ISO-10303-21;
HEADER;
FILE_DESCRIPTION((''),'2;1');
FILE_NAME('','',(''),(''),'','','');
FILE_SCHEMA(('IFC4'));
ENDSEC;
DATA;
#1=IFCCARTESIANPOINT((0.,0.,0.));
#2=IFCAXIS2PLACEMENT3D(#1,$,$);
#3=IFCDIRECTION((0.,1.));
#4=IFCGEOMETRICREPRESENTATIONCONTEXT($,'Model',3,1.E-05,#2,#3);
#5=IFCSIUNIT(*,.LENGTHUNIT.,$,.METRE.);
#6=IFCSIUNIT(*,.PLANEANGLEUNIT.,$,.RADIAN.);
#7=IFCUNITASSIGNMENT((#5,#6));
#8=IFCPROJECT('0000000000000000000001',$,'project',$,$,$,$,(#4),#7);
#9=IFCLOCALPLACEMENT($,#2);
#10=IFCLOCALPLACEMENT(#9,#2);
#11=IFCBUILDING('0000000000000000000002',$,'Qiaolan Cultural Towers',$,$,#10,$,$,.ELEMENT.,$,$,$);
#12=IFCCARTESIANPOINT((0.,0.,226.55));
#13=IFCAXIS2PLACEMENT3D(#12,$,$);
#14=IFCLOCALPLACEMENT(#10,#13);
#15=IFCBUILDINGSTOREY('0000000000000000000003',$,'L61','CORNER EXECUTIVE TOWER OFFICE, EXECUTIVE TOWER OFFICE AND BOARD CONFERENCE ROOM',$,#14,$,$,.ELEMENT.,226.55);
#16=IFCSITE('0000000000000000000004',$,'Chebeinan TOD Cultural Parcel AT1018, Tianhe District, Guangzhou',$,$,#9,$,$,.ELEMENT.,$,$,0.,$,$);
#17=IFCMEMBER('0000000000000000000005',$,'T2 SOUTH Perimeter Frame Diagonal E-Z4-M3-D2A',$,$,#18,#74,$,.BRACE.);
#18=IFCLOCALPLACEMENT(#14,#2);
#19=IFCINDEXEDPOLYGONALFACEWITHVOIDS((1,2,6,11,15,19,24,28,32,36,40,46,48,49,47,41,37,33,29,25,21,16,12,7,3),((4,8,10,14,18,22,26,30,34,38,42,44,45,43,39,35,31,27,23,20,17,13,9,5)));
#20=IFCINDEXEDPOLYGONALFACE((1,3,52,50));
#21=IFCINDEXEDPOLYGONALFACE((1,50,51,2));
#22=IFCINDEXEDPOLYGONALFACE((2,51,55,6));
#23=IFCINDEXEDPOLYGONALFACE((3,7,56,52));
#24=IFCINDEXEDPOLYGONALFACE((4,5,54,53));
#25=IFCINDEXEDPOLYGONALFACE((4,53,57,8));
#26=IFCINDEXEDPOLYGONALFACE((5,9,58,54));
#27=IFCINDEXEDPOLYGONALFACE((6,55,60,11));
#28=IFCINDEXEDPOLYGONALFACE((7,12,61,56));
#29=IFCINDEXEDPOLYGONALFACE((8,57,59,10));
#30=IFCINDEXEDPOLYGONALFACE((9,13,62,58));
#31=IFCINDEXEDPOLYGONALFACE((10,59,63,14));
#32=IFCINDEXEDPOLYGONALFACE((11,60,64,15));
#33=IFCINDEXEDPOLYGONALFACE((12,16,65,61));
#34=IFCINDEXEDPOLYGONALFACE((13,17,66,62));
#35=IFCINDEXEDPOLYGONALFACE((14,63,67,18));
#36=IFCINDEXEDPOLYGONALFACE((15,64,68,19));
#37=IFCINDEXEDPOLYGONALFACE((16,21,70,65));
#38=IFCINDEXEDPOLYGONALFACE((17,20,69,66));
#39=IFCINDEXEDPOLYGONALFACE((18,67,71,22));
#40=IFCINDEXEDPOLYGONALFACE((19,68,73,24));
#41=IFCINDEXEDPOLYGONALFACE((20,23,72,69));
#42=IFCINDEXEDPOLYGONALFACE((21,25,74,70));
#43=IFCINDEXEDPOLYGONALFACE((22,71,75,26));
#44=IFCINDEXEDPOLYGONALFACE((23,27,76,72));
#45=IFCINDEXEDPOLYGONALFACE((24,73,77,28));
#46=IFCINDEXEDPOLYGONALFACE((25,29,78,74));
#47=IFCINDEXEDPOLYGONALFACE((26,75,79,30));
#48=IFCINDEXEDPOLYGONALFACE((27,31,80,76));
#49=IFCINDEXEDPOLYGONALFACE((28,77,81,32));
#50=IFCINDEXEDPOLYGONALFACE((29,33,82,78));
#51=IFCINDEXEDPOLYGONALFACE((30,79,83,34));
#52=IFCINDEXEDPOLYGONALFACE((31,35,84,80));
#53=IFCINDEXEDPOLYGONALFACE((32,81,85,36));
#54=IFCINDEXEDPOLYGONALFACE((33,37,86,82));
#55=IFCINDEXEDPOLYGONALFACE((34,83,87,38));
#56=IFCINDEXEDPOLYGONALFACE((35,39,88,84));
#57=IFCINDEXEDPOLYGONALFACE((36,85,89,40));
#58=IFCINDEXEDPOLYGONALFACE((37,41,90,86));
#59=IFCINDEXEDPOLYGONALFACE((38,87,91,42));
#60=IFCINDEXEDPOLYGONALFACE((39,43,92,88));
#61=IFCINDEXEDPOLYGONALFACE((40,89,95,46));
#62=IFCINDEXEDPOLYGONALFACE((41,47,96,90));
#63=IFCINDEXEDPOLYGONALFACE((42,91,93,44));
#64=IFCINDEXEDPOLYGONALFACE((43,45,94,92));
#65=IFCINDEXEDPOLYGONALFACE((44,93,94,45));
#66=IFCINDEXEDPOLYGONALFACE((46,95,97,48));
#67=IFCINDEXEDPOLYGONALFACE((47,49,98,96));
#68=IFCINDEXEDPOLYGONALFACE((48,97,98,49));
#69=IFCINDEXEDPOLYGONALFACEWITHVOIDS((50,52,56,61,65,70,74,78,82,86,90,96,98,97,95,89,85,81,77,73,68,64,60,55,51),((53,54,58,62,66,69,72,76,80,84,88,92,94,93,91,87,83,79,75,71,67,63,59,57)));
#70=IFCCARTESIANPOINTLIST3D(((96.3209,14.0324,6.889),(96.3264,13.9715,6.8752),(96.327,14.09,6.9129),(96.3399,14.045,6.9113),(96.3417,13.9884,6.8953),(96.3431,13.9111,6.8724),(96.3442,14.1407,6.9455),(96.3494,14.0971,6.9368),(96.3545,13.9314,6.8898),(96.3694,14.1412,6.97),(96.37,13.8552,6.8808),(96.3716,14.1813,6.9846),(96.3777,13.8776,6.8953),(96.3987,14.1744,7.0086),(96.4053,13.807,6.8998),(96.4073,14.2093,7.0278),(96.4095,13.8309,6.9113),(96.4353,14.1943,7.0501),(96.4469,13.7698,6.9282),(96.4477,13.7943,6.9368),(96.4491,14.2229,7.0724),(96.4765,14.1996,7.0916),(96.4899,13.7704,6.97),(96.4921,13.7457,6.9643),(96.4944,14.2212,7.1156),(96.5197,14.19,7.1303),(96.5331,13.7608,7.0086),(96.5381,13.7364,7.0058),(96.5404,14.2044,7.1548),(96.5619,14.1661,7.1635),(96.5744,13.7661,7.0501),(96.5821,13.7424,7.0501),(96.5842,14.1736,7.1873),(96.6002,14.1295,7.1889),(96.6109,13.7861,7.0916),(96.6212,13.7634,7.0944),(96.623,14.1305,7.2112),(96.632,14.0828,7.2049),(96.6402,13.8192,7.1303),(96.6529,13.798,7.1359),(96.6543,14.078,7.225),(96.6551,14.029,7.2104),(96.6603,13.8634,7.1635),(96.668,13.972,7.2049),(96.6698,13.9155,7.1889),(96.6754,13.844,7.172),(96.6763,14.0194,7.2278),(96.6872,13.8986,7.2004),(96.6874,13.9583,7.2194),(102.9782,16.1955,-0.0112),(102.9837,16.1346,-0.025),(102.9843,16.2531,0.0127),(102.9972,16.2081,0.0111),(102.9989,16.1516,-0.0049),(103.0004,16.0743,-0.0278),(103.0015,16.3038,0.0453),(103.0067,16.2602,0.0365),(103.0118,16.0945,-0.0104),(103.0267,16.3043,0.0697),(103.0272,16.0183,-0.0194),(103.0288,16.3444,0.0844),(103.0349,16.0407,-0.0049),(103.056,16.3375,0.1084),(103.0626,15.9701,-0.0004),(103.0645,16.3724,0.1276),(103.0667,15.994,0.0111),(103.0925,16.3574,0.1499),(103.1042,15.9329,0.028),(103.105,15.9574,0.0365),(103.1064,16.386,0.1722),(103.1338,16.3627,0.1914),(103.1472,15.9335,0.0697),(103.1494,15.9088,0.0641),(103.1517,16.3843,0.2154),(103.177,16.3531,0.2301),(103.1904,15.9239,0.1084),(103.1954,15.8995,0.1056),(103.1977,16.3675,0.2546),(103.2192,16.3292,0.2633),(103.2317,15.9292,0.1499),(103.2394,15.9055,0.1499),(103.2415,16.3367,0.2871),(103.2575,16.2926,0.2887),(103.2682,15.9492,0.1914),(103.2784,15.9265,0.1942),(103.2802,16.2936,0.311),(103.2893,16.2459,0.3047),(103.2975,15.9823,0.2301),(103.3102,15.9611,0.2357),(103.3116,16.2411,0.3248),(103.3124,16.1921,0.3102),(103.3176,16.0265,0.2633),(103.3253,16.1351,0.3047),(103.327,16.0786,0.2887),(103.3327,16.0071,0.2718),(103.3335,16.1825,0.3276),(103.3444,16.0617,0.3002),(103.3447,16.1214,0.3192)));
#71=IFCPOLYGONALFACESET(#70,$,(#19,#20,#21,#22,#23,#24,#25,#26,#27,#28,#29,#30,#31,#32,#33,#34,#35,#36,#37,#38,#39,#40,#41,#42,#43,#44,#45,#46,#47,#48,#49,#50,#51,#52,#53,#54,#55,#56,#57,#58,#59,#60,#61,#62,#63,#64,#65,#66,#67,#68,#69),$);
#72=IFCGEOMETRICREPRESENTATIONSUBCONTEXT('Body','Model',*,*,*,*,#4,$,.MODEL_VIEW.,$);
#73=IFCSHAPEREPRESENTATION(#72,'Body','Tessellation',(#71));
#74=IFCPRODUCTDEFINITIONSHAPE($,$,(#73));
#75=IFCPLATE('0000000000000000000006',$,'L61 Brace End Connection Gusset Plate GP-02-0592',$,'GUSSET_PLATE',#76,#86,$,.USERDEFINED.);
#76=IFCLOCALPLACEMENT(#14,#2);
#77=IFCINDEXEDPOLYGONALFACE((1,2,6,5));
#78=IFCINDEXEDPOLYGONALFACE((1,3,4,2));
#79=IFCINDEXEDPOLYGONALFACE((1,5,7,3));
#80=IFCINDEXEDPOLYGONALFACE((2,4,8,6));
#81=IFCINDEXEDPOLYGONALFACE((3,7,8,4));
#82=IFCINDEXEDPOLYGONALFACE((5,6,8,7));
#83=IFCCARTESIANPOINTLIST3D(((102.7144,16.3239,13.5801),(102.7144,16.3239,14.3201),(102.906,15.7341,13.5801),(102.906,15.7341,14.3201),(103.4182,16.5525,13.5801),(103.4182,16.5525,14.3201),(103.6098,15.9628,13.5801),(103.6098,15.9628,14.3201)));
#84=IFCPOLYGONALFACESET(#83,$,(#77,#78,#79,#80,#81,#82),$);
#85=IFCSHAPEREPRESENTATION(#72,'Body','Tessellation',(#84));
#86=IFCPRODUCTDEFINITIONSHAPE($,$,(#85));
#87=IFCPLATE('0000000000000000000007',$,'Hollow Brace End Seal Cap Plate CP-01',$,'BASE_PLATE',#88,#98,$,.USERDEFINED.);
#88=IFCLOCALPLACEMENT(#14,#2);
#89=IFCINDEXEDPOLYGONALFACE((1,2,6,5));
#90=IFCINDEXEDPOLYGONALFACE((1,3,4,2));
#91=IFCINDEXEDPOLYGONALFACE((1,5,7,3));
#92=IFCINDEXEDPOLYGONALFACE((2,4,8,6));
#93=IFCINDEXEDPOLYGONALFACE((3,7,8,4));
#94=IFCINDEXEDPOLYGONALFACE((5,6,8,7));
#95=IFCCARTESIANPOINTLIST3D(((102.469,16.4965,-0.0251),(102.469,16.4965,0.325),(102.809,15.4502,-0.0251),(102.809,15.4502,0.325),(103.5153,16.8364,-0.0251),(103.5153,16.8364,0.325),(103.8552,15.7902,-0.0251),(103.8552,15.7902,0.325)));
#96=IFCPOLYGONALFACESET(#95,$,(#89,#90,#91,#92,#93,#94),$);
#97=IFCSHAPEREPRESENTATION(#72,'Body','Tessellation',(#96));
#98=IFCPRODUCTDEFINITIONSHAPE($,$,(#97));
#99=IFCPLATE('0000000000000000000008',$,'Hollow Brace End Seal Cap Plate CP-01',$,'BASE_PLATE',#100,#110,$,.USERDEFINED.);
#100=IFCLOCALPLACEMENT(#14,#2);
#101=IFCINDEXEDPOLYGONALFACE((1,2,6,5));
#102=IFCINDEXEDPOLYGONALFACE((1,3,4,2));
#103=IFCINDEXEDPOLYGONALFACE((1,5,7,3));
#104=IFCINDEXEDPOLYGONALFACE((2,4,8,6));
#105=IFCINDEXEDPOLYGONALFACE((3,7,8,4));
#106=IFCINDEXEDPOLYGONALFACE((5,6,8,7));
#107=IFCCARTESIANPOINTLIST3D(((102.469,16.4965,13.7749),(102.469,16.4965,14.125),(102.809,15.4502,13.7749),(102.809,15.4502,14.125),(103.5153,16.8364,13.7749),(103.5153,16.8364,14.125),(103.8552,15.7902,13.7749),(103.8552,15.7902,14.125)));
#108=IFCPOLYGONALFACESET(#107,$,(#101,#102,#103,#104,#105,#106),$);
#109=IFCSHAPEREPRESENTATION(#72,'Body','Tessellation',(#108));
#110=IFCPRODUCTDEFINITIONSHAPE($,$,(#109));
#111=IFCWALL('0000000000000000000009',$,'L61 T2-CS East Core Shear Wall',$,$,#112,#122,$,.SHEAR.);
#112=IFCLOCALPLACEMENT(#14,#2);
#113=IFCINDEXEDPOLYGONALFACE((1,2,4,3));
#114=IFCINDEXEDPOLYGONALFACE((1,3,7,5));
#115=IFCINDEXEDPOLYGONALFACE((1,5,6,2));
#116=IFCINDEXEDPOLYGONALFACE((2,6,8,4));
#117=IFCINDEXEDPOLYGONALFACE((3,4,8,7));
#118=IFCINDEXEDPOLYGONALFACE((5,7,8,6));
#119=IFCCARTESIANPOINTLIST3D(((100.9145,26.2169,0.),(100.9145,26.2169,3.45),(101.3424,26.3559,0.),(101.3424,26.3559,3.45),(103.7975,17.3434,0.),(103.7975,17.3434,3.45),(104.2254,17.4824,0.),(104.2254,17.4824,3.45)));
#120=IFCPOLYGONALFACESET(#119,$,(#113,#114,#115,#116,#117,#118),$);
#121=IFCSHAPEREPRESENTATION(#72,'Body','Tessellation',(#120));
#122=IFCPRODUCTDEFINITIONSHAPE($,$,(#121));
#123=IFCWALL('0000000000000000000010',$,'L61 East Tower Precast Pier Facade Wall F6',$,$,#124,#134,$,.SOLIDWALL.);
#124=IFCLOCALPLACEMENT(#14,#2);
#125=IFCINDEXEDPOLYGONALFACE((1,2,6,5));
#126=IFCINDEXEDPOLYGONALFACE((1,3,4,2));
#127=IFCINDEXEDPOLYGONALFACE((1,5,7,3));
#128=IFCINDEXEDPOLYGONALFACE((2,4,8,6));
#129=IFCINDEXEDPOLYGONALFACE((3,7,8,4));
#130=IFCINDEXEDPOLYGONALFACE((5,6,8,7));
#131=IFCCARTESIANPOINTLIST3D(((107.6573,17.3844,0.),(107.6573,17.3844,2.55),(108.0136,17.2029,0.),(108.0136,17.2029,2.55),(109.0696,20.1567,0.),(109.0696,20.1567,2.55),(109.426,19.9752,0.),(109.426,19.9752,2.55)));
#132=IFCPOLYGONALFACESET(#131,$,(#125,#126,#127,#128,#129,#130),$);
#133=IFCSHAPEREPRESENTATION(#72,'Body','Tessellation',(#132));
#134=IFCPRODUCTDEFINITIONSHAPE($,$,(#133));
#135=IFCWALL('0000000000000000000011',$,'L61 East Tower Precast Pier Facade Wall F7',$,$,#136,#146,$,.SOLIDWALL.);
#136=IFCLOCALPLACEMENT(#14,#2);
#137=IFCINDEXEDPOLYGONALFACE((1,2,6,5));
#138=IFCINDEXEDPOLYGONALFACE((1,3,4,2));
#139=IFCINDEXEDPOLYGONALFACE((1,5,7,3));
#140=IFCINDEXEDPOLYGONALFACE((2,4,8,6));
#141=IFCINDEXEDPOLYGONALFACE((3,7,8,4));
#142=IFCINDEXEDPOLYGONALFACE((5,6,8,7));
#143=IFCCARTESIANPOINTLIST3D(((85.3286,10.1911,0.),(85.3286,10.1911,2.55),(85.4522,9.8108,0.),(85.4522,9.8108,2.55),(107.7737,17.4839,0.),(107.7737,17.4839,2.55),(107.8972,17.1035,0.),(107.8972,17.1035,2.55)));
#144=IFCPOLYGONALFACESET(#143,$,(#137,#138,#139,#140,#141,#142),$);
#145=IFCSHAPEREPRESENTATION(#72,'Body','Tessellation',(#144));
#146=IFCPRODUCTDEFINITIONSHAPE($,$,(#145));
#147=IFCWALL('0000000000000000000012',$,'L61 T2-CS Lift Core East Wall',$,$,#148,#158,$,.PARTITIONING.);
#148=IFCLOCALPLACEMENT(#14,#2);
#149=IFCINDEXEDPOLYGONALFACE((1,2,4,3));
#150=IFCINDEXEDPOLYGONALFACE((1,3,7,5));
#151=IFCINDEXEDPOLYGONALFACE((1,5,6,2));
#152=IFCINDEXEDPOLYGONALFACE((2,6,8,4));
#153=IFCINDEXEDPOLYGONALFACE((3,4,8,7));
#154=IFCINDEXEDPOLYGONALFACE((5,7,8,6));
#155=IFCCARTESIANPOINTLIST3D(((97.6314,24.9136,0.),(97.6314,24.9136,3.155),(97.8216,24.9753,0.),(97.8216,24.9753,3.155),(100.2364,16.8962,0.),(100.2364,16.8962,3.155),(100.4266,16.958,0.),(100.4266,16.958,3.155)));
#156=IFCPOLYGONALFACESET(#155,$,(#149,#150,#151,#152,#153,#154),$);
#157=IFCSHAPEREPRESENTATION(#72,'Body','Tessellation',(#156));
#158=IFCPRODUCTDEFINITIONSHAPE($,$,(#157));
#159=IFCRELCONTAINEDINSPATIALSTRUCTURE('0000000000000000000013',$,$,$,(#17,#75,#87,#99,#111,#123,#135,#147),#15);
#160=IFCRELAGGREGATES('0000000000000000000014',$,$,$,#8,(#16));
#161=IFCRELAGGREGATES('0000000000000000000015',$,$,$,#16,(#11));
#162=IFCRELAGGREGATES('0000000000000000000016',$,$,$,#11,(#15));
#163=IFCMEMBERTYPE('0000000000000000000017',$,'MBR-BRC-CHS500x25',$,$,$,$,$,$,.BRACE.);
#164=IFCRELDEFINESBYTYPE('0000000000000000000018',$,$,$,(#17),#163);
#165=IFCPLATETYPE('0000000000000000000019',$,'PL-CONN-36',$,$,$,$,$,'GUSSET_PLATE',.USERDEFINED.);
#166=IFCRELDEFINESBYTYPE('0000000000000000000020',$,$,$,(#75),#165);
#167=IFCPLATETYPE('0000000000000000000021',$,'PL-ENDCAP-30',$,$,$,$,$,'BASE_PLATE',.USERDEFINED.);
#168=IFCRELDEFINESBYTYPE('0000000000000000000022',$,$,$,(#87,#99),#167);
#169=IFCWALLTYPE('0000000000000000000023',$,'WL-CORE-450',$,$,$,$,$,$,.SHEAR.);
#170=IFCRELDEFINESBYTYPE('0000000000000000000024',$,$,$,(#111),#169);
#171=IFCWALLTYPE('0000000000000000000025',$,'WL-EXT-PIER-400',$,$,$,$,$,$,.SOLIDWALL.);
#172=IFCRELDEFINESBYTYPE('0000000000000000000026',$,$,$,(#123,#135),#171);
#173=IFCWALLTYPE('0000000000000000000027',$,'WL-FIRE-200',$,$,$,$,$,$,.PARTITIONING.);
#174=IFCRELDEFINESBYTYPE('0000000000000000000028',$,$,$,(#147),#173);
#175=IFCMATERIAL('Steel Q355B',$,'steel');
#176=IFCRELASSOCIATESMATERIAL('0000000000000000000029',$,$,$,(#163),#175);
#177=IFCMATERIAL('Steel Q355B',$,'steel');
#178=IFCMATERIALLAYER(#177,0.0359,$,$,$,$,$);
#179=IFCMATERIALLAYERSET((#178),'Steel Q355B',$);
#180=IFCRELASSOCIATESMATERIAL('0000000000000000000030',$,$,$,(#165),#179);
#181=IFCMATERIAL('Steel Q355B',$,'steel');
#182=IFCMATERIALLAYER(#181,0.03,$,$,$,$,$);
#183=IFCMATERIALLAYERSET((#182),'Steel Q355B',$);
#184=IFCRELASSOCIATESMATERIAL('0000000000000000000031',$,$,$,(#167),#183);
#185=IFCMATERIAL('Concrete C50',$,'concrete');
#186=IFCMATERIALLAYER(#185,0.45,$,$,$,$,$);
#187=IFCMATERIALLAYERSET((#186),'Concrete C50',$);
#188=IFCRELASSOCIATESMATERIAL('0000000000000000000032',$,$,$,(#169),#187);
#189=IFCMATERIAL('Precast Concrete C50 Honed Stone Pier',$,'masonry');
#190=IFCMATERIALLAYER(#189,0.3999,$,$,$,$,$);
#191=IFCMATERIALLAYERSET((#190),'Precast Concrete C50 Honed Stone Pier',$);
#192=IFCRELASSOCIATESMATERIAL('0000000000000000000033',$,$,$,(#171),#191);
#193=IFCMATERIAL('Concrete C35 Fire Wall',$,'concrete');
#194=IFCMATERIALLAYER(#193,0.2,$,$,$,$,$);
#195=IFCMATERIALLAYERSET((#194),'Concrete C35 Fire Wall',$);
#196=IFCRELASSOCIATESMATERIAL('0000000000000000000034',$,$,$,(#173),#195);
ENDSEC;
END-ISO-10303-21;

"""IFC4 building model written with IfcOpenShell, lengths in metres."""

from ifc_helpers import new_model, si_unit, direction, frame, frame_2d, origin, origin_2d, place, context, subcontext, project, spatial, rectangle, hollow_circle, extrude, material, layer, layer_set, material_profile, profile_set, type_object, element, save


model = new_model("IFC4")

# Units and contexts
model_context = context("Model", 3, precision=1e-05, world=origin(), true_north=direction((0.0, 1.0)))
body_context = subcontext(model_context, "Body", "Model", "MODEL_VIEW")
ifc_project = project(units=[si_unit("LENGTHUNIT", "METRE"), si_unit("PLANEANGLEUNIT", "RADIAN")], contexts=[model_context])

# Site, building, storey
site_placement = place(None, origin())
site = spatial("IfcSite", under=ifc_project, at=site_placement, Name="Chebeinan TOD Cultural Parcel AT1018, Tianhe District, Guangzhou", CompositionType="ELEMENT", RefElevation=0.0)
building_placement = place(site_placement, origin())
building = spatial("IfcBuilding", under=site, at=building_placement, Name="Qiaolan Cultural Towers", CompositionType="ELEMENT")
storey_placement = place(building_placement, frame((0.0, 0.0, 226.55)))
storey = spatial("IfcBuildingStorey", under=building, at=storey_placement, Name="L61", Description="CORNER EXECUTIVE TOWER OFFICE, EXECUTIVE TOWER OFFICE AND BOARD CONFERENCE ROOM", CompositionType="ELEMENT", Elevation=226.55)

# Member
ifc_material_1 = material(Name="Steel Q355B", Category="steel")
ifc_material_profile_1 = material_profile(ifc_material_1, hollow_circle(Radius=0.25, WallThickness=0.0249, at=origin_2d()), Name="CHS500x25")
ifc_profile_set_1 = profile_set([ifc_material_profile_1], Name="Steel Q355B")
member_type = type_object("IfcMemberType", Name="MBR-BRC-CHS500x25", PredefinedType="BRACE", material=ifc_profile_set_1)
member_placement = place(storey_placement, frame((103.1621, 16.1433, 0.1499), z_axis=(-0.677303, -0.220071, 0.702018), x_axis=(0.30902, -0.951056, 0.0)))
element("IfcMember", 1, at=member_placement, inside=storey, type_object=member_type, Name="T2 SOUTH Perimeter Frame Diagonal E-Z4-M3-D2A", PredefinedType="BRACE", context=body_context, shape_type="SweptSolid", body=[
    extrude(hollow_circle(Radius=0.25, WallThickness=0.0249, at=origin_2d()), origin(), (0.0, 0.0, 1.0), 9.8291),
])

# Plates
ifc_material_2 = material(Name="Steel Q355B", Category="steel")
ifc_layer_1 = layer(ifc_material_2, 0.0359)
ifc_layer_set_1 = layer_set([ifc_layer_1], Name="Steel Q355B")
plate_type_1 = type_object("IfcPlateType", Name="PL-CONN-36", ElementType="GUSSET_PLATE", PredefinedType="USERDEFINED", material=ifc_layer_set_1)
plate_placement = place(storey_placement, frame((103.1621, 16.1433, 13.5801), z_axis=(0.0, 0.0, 1.0), x_axis=(0.951057, 0.309017, 0.0)))
element("IfcPlate", 2, at=plate_placement, inside=storey, type_object=plate_type_1, Name="L61 Brace End Connection Gusset Plate GP-02-0592", ObjectType="GUSSET_PLATE", PredefinedType="USERDEFINED", context=body_context, shape_type="SweptSolid", body=[
    extrude(rectangle(XDim=0.74, YDim=0.6201, at=origin_2d()), origin(), (0.0, 0.0, 1.0), 0.74),
])
ifc_material_3 = material(Name="Steel Q355B", Category="steel")
ifc_layer_2 = layer(ifc_material_3, 0.03)
ifc_layer_set_2 = layer_set([ifc_layer_2], Name="Steel Q355B")
plate_type_2 = type_object("IfcPlateType", Name="PL-ENDCAP-30", ElementType="BASE_PLATE", PredefinedType="USERDEFINED", material=ifc_layer_set_2)
for number, where, z_axis, x_axis, name in (
    (3, (103.1621, 16.1433, -0.0251), (0.0, 0.0, 1.0), (0.951057, 0.309017, 0.0), "Hollow Brace End Seal Cap Plate CP-01"),
    (4, (103.1621, 16.1433, 13.7749), (0.0, 0.0, 1.0), (0.951057, 0.309017, 0.0), "Hollow Brace End Seal Cap Plate CP-01"),
):
    element("IfcPlate", number, at=place(storey_placement, frame(where, z_axis=z_axis, x_axis=x_axis)), inside=storey, type_object=plate_type_2, Name=name, ObjectType="BASE_PLATE", PredefinedType="USERDEFINED", context=body_context, shape_type="SweptSolid", body=[
        extrude(rectangle(XDim=1.1001, YDim=1.1001, at=origin_2d()), origin(), (0.0, 0.0, 1.0), 0.3501),
    ])

# Walls
ifc_material_4 = material(Name="Concrete C50", Category="concrete")
ifc_layer_3 = layer(ifc_material_4, 0.45)
ifc_layer_set_3 = layer_set([ifc_layer_3], Name="Concrete C50")
wall_type_1 = type_object("IfcWallType", Name="WL-CORE-450", PredefinedType="SHEAR", material=ifc_layer_set_3)
wall_1_placement = place(storey_placement, frame((101.1284, 26.2864, 0.0), z_axis=(0.0, 0.0, 1.0), x_axis=(0.309004, -0.951061, 0.0)))
element("IfcWall", 5, at=wall_1_placement, inside=storey, type_object=wall_type_1, Name="L61 T2-CS East Core Shear Wall", PredefinedType="SHEAR", context=body_context, shape_type="SweptSolid", body=[
    extrude(rectangle(XDim=9.3301, YDim=0.45, at=frame_2d((4.665, 0.0))), origin(), (0.0, 0.0, 1.0), 3.45),
])
ifc_material_5 = material(Name="Precast Concrete C50 Honed Stone Pier", Category="masonry")
ifc_layer_4 = layer(ifc_material_5, 0.3999)
ifc_layer_set_4 = layer_set([ifc_layer_4], Name="Precast Concrete C50 Honed Stone Pier")
wall_type_2 = type_object("IfcWallType", Name="WL-EXT-PIER-400", PredefinedType="SOLIDWALL", material=ifc_layer_set_4)
wall_2_placement = place(storey_placement, frame((109.2478, 20.0659, 0.0), z_axis=(0.0, 0.0, 1.0), x_axis=(-0.453949, -0.891028, 0.0)))
element("IfcWall", 6, at=wall_2_placement, inside=storey, type_object=wall_type_2, Name="L61 East Tower Precast Pier Facade Wall F6", PredefinedType="SOLIDWALL", context=body_context, shape_type="SweptSolid", body=[
    extrude(rectangle(XDim=3.1113, YDim=0.3999, at=frame_2d((1.5557, 0.0))), origin(), (0.0, 0.0, 1.0), 2.55),
])
wall_3_placement = place(storey_placement, frame((107.8354, 17.2937, 0.0), z_axis=(0.0, 0.0, 1.0), x_axis=(-0.951058, -0.309012, 0.0)))
element("IfcWall", 7, at=wall_3_placement, inside=storey, type_object=wall_type_2, Name="L61 East Tower Precast Pier Facade Wall F7", PredefinedType="SOLIDWALL", context=body_context, shape_type="SweptSolid", body=[
    extrude(rectangle(XDim=23.6001, YDim=0.3999, at=frame_2d((11.8, 0.0))), origin(), (0.0, 0.0, 1.0), 2.55),
])
ifc_material_6 = material(Name="Concrete C35 Fire Wall", Category="concrete")
ifc_layer_5 = layer(ifc_material_6, 0.2)
ifc_layer_set_5 = layer_set([ifc_layer_5], Name="Concrete C35 Fire Wall")
wall_type_3 = type_object("IfcWallType", Name="WL-FIRE-200", PredefinedType="PARTITIONING", material=ifc_layer_set_5)
wall_4_placement = place(storey_placement, frame((97.7266, 24.9443, 0.0), z_axis=(0.0, 0.0, 1.0), x_axis=(0.309016, -0.951057, 0.0)))
element("IfcWall", 8, at=wall_4_placement, inside=storey, type_object=wall_type_3, Name="L61 T2-CS Lift Core East Wall", PredefinedType="PARTITIONING", context=body_context, shape_type="SweptSolid", body=[
    extrude(rectangle(XDim=8.4299, YDim=0.2, at=frame_2d((4.2148, 0.0))), origin(), (0.0, 0.0, 1.0), 3.155),
])

save(model, "model.ifc")
